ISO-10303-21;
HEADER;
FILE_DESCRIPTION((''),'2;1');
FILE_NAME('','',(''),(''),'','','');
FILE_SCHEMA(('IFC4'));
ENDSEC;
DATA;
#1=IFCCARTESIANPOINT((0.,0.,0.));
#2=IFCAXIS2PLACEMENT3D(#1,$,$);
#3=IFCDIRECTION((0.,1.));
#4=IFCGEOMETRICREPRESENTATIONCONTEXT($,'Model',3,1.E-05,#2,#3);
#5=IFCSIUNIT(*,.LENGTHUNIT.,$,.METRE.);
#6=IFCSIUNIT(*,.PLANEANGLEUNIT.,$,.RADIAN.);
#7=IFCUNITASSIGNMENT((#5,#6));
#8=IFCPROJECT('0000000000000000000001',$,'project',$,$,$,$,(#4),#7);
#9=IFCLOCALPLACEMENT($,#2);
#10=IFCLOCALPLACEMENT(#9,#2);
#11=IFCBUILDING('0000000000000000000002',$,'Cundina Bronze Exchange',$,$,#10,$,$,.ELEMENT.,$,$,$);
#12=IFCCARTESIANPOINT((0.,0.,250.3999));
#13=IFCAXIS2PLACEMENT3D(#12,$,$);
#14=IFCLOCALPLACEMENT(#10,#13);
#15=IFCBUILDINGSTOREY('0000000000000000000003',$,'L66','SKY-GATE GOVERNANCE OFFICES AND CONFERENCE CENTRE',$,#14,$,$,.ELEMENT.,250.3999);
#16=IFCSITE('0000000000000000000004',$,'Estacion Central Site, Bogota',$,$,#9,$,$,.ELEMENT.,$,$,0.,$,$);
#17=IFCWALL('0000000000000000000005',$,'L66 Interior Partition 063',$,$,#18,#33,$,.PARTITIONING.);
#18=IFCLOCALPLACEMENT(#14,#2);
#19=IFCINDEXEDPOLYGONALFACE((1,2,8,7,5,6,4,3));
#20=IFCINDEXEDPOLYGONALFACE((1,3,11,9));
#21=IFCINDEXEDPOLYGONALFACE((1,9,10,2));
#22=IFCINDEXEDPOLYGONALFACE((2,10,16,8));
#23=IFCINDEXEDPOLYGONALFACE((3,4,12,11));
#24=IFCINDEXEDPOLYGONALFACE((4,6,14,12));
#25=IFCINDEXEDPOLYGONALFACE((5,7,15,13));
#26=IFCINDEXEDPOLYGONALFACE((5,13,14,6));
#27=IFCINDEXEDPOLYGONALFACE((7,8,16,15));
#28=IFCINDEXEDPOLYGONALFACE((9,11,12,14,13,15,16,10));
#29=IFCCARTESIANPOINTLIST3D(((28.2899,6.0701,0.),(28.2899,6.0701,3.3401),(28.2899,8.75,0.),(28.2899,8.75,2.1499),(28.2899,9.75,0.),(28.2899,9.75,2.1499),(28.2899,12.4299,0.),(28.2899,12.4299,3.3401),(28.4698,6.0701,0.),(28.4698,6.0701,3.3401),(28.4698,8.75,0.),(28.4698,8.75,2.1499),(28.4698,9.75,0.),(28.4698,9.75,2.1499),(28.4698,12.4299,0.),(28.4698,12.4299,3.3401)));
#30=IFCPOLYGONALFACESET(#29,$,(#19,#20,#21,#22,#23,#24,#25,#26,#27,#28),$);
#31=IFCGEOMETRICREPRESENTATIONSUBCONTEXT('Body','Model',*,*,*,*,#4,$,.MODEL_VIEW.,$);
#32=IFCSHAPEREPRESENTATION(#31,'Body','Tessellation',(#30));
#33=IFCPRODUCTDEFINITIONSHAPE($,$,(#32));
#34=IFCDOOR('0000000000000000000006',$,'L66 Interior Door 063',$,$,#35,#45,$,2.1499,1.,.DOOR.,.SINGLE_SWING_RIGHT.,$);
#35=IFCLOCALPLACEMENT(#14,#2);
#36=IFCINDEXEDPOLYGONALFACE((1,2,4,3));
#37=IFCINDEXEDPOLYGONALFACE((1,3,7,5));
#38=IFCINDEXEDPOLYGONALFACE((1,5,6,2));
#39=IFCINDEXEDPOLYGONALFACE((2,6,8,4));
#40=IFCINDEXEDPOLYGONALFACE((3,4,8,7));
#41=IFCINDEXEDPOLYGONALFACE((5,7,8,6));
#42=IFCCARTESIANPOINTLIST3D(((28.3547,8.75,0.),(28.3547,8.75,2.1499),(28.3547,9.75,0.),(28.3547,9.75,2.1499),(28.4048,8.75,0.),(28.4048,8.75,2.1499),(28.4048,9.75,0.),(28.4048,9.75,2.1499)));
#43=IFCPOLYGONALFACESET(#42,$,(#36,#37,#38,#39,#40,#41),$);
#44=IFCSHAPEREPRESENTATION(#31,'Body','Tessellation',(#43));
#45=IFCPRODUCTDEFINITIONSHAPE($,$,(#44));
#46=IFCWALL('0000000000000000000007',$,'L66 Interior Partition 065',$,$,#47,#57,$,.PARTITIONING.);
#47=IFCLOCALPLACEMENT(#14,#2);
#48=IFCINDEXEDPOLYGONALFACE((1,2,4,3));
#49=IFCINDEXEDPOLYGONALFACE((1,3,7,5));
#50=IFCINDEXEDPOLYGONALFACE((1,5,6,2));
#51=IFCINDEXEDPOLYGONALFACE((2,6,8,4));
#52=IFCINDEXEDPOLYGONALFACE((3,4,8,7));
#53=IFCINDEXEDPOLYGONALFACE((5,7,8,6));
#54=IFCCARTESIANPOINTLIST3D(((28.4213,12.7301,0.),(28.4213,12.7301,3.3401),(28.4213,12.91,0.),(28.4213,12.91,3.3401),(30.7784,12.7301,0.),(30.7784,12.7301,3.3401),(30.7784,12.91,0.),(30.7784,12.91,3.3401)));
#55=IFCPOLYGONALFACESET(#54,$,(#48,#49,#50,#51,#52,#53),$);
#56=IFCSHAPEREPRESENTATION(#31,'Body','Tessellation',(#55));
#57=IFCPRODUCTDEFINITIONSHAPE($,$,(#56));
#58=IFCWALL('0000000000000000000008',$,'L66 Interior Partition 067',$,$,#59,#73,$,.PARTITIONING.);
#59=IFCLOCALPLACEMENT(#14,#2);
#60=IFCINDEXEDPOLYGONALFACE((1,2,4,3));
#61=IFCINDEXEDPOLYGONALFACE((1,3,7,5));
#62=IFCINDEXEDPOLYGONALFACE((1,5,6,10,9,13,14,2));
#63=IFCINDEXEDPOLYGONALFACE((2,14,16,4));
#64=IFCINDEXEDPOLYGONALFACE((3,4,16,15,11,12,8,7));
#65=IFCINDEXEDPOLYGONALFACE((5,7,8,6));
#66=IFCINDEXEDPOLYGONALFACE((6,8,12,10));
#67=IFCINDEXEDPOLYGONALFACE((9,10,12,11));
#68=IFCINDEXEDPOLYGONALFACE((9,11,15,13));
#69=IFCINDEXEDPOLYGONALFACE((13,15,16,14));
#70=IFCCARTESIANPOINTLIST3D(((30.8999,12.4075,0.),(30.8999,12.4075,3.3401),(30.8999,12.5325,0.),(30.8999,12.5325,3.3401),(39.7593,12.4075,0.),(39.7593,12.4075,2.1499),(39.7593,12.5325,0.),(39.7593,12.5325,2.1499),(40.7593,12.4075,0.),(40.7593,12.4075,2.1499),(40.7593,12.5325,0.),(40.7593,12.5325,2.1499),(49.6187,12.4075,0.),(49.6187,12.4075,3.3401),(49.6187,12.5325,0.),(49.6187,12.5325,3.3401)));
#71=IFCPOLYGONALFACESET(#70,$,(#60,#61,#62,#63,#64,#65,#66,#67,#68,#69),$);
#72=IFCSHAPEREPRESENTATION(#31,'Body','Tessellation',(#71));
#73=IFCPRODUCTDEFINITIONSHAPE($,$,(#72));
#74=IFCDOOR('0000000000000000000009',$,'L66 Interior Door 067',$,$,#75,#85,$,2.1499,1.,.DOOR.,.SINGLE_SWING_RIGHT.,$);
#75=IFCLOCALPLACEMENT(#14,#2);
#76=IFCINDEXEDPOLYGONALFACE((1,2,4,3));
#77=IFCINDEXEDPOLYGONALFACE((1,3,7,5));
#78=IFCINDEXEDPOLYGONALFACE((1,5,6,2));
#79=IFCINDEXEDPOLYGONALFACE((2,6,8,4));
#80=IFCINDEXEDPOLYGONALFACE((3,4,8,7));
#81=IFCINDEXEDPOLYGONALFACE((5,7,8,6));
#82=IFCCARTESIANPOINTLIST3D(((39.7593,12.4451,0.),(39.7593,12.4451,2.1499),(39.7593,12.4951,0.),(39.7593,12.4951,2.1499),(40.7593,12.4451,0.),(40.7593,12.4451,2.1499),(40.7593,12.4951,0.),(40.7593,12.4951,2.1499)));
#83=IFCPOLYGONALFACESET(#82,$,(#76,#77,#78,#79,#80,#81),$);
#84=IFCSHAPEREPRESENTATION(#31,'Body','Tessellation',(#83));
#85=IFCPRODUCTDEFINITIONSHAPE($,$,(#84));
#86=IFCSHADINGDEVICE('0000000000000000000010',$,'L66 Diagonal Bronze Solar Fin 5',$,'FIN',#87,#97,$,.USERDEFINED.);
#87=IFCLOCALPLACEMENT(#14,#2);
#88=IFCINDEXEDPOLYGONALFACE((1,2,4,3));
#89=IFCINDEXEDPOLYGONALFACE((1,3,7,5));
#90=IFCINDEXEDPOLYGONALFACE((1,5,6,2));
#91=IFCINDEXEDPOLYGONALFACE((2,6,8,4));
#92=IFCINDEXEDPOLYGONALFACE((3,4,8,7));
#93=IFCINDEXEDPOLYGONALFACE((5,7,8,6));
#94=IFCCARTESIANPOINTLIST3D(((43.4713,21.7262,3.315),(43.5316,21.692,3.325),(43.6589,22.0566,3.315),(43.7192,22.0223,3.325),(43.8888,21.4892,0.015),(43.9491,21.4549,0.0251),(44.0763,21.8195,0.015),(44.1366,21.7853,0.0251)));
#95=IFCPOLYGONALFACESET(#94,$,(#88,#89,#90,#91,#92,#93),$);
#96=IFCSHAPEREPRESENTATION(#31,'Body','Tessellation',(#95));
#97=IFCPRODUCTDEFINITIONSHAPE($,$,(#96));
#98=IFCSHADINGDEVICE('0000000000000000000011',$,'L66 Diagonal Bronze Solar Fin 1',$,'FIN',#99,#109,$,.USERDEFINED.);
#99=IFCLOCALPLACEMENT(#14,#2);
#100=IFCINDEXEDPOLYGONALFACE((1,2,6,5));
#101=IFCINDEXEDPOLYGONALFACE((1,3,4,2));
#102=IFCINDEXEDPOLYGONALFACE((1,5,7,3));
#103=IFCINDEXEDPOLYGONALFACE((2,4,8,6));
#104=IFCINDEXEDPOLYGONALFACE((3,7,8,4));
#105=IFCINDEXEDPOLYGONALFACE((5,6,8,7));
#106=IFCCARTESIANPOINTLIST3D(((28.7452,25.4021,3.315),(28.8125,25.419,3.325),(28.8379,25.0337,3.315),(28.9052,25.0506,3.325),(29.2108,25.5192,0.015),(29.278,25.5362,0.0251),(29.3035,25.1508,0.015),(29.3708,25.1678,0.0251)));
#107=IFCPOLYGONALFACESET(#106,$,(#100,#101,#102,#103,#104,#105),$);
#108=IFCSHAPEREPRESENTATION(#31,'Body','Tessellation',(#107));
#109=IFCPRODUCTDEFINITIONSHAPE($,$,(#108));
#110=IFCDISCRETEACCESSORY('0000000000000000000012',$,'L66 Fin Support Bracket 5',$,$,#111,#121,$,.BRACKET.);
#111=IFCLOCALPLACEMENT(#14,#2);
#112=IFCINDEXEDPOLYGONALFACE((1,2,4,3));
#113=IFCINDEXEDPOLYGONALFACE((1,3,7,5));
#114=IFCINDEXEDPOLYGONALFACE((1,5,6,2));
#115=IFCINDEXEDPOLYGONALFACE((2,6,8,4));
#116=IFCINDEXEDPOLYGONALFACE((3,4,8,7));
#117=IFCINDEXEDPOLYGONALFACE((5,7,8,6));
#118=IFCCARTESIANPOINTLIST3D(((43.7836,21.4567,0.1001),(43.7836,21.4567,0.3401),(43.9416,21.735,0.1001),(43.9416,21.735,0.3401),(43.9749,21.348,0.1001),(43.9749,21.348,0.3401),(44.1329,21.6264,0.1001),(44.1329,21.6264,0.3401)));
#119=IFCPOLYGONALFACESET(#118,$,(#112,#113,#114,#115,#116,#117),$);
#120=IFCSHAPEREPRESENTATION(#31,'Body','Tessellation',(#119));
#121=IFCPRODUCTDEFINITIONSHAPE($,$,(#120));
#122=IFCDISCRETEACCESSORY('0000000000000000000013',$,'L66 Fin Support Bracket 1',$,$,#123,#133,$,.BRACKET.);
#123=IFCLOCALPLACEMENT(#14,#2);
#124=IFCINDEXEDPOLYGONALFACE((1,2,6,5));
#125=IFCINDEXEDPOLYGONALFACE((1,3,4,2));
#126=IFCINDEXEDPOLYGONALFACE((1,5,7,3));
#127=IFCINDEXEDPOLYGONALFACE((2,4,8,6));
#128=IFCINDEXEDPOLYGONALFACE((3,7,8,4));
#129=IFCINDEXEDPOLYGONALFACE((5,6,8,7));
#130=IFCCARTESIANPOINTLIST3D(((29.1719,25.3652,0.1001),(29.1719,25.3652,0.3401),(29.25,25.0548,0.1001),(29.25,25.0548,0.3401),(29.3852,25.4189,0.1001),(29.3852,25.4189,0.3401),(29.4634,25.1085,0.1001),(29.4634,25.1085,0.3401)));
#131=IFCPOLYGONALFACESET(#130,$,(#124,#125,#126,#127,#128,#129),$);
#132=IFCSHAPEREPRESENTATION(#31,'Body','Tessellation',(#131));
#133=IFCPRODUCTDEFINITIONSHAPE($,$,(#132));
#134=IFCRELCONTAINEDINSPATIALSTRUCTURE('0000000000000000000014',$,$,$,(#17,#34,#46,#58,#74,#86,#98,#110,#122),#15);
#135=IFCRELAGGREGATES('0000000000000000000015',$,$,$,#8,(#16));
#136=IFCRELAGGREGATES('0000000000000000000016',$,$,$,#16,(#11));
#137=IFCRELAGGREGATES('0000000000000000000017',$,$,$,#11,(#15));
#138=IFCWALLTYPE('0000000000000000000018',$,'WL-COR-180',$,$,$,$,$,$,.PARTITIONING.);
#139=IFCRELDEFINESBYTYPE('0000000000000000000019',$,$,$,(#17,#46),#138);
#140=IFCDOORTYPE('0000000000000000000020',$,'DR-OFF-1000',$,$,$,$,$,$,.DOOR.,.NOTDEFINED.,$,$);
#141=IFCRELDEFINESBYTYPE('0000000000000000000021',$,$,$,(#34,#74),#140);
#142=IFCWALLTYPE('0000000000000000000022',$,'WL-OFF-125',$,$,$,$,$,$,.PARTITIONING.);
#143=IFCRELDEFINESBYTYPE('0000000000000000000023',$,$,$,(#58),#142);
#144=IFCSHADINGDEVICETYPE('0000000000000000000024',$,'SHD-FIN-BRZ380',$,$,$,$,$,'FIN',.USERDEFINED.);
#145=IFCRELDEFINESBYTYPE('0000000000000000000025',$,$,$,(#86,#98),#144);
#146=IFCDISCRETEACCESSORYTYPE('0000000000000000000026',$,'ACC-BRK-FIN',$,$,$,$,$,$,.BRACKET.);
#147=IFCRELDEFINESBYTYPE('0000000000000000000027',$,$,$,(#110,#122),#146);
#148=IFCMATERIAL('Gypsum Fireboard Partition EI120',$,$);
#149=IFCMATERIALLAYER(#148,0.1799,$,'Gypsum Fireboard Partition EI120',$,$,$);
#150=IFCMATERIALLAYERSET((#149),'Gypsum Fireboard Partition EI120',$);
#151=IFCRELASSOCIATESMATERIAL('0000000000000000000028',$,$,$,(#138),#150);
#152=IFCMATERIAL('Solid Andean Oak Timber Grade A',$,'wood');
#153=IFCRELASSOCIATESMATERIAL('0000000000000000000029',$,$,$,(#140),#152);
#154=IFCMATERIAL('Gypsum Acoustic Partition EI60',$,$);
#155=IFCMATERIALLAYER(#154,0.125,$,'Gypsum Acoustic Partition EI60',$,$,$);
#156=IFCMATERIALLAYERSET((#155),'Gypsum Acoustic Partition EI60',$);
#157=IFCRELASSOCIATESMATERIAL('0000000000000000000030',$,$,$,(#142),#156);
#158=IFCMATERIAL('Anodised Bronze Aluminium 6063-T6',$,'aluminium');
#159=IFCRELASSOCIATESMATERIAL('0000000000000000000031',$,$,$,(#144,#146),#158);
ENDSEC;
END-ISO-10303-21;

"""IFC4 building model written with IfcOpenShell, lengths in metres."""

from ifc_helpers import new_model, si_unit, direction, frame, frame_2d, origin, origin_2d, place, context, subcontext, project, spatial, rectangle, extrude, material, layer, layer_set, material_profile, profile_set, type_object, element, fill, save


model = new_model("IFC4")

# Units and contexts
model_context = context("Model", 3, precision=1e-05, world=origin(), true_north=direction((0.0, 1.0)))
body_context = subcontext(model_context, "Body", "Model", "MODEL_VIEW")
ifc_project = project(units=[si_unit("LENGTHUNIT", "METRE"), si_unit("PLANEANGLEUNIT", "RADIAN")], contexts=[model_context])

# Site, building, storey
site_placement = place(None, origin())
site = spatial("IfcSite", under=ifc_project, at=site_placement, Name="Estacion Central Site, Bogota", CompositionType="ELEMENT", RefElevation=0.0)
building_placement = place(site_placement, origin())
building = spatial("IfcBuilding", under=site, at=building_placement, Name="Cundina Bronze Exchange", CompositionType="ELEMENT")
storey_placement = place(building_placement, frame((0.0, 0.0, 250.3999)))
storey = spatial("IfcBuildingStorey", under=building, at=storey_placement, Name="L66", Description="SKY-GATE GOVERNANCE OFFICES AND CONFERENCE CENTRE", CompositionType="ELEMENT", Elevation=250.3999)

# Shared definitions
ifc_material_1 = material(Name="Anodised Bronze Aluminium 6063-T6", Category="aluminium")

# Wall, opening, door
ifc_material_2 = material(Name="Gypsum Fireboard Partition EI120")
ifc_layer_1 = layer(ifc_material_2, 0.1799, Name="Gypsum Fireboard Partition EI120")
ifc_layer_set_1 = layer_set([ifc_layer_1], Name="Gypsum Fireboard Partition EI120")
wall_type_1 = type_object("IfcWallType", Name="WL-COR-180", PredefinedType="PARTITIONING", material=ifc_layer_set_1)
wall_1_placement = place(storey_placement, frame((28.3799, 12.4299, 0.0), z_axis=(0.0, 0.0, 1.0), x_axis=(0.0, -1.0, 0.0)))
wall_1 = element("IfcWall", 1, at=wall_1_placement, inside=storey, type_object=wall_type_1, Name="L66 Interior Partition 063", PredefinedType="PARTITIONING", context=body_context, shape_type="SweptSolid", body=[
    extrude(rectangle(XDim=6.3599, YDim=0.1799, at=frame_2d((3.1799, 0.0))), origin(), (0.0, 0.0, 1.0), 3.3401),
])
opening_1_placement = place(wall_1_placement, frame((2.6799, 0.0, 0.0)))
opening_1 = element("IfcOpeningElement", 2, at=opening_1_placement, cuts=wall_1, PredefinedType="OPENING", context=body_context, shape_type="SweptSolid", body=[
    extrude(rectangle(XDim=1.0, YDim=2.1499, at=frame_2d((0.5, 1.075))), frame((0.0, 0.0999, 0.0), z_axis=(0.0, -1.0, 0.0), x_axis=(1.0, 0.0, 0.0)), (0.0, 0.0, 1.0), 0.2),
])
ifc_material_3 = material(Name="Solid Andean Oak Timber Grade A", Category="wood")
door_type = type_object("IfcDoorType", Name="DR-OFF-1000", OperationType="NOTDEFINED", PredefinedType="DOOR", material=ifc_material_3)
door_1_placement = place(opening_1_placement, origin())
door_1 = element("IfcDoor", 3, at=door_1_placement, inside=storey, type_object=door_type, Name="L66 Interior Door 063", OperationType="SINGLE_SWING_RIGHT", OverallHeight=2.1499, OverallWidth=1.0, PredefinedType="DOOR", context=body_context, shape_type="SweptSolid", body=[
    extrude(rectangle(XDim=1.0, YDim=2.1499, at=frame_2d((0.5, 1.075))), frame((0.0, 0.0249, 0.0), z_axis=(0.0, -1.0, 0.0), x_axis=(1.0, 0.0, 0.0)), (0.0, 0.0, 1.0), 0.05),
])
fill(opening_1, door_1)

# Wall
wall_2_placement = place(storey_placement, frame((30.7786, 12.8201, 0.0), z_axis=(0.0, 0.0, 1.0), x_axis=(-1.0, 0.0, 0.0)))
element("IfcWall", 4, at=wall_2_placement, inside=storey, type_object=wall_type_1, Name="L66 Interior Partition 065", PredefinedType="PARTITIONING", context=body_context, shape_type="SweptSolid", body=[
    extrude(rectangle(XDim=2.3572, YDim=0.1799, at=frame_2d((1.1787, 0.0))), origin(), (0.0, 0.0, 1.0), 3.3401),
])

# Wall, opening, door
ifc_material_4 = material(Name="Gypsum Acoustic Partition EI60")
ifc_layer_2 = layer(ifc_material_4, 0.125, Name="Gypsum Acoustic Partition EI60")
ifc_layer_set_2 = layer_set([ifc_layer_2], Name="Gypsum Acoustic Partition EI60")
wall_type_2 = type_object("IfcWallType", Name="WL-OFF-125", PredefinedType="PARTITIONING", material=ifc_layer_set_2)
wall_3_placement = place(storey_placement, frame((49.6187, 12.47, 0.0), z_axis=(0.0, 0.0, 1.0), x_axis=(-1.0, 0.0, 0.0)))
wall_3 = element("IfcWall", 5, at=wall_3_placement, inside=storey, type_object=wall_type_2, Name="L66 Interior Partition 067", PredefinedType="PARTITIONING", context=body_context, shape_type="SweptSolid", body=[
    extrude(rectangle(XDim=18.7188, YDim=0.125, at=frame_2d((9.3594, 0.0))), origin(), (0.0, 0.0, 1.0), 3.3401),
])
opening_2_placement = place(wall_3_placement, frame((8.8594, 0.0, 0.0)))
opening_2 = element("IfcOpeningElement", 6, at=opening_2_placement, cuts=wall_3, PredefinedType="OPENING", context=body_context, shape_type="SweptSolid", body=[
    extrude(rectangle(XDim=1.0, YDim=2.1499, at=frame_2d((0.5, 1.075))), frame((0.0, 0.0725, 0.0), z_axis=(0.0, -1.0, 0.0), x_axis=(1.0, 0.0, 0.0)), (0.0, 0.0, 1.0), 0.145),
])
door_2_placement = place(opening_2_placement, origin())
door_2 = element("IfcDoor", 7, at=door_2_placement, inside=storey, type_object=door_type, Name="L66 Interior Door 067", OperationType="SINGLE_SWING_RIGHT", OverallHeight=2.1499, OverallWidth=1.0, PredefinedType="DOOR", context=body_context, shape_type="SweptSolid", body=[
    extrude(rectangle(XDim=1.0, YDim=2.1499, at=frame_2d((0.5, 1.075))), frame((0.0, 0.0249, 0.0), z_axis=(0.0, -1.0, 0.0), x_axis=(1.0, 0.0, 0.0)), (0.0, 0.0, 1.0), 0.05),
])
fill(opening_2, door_2)

# Shading devices
ifc_material_profile_1 = material_profile(ifc_material_1, rectangle(XDim=0.0701, YDim=0.3799, at=origin_2d()), Name="FIN70X380", Category="aluminium")
ifc_profile_set_1 = profile_set([ifc_material_profile_1], Name="Anodised Bronze Aluminium 6063-T6")
shading_device_type = type_object("IfcShadingDeviceType", Name="SHD-FIN-BRZ380", ElementType="FIN", PredefinedType="USERDEFINED", material=ifc_profile_set_1)
for number, where, z_axis, x_axis, name in (
    (8, (44.0127, 21.6372, 0.02), (-0.12519, 0.071087, 0.989583), (0.860527, -0.488638, 0.143965), "L66 Diagonal Bronze Solar Fin 5"),
    (9, (29.2908, 25.3435, 0.02), (-0.139612, -0.035141, 0.989583), (0.95965, 0.241548, 0.143967), "L66 Diagonal Bronze Solar Fin 1"),
):
    element("IfcShadingDevice", number, at=place(storey_placement, frame(where, z_axis=z_axis, x_axis=x_axis)), inside=storey, type_object=shading_device_type, Name=name, ObjectType="FIN", PredefinedType="USERDEFINED", context=body_context, shape_type="SweptSolid", body=[
        extrude(rectangle(XDim=0.0701, YDim=0.3799, at=origin_2d()), origin(), (0.0, 0.0, 1.0), 3.3347),
    ])

# Discrete accessories
discrete_accessory_type = type_object("IfcDiscreteAccessoryType", Name="ACC-BRK-FIN", PredefinedType="BRACKET", material=ifc_material_1)
for number, where, z_axis, x_axis, name in (
    (10, (43.9583, 21.5415, 0.1001), (0.0, 0.0, 1.0), (-0.869573, 0.493805, 0.0), "L66 Fin Support Bracket 5"),
    (11, (29.3176, 25.2368, 0.1001), (0.0, 0.0, 1.0), (-0.969732, -0.244174, 0.0), "L66 Fin Support Bracket 1"),
):
    element("IfcDiscreteAccessory", number, at=place(storey_placement, frame(where, z_axis=z_axis, x_axis=x_axis)), inside=storey, type_object=discrete_accessory_type, Name=name, PredefinedType="BRACKET", context=body_context, shape_type="SweptSolid", body=[
        extrude(rectangle(XDim=0.22, YDim=0.3201, at=origin_2d()), origin(), (0.0, 0.0, 1.0), 0.24),
    ])

save(model, "model.ifc")
